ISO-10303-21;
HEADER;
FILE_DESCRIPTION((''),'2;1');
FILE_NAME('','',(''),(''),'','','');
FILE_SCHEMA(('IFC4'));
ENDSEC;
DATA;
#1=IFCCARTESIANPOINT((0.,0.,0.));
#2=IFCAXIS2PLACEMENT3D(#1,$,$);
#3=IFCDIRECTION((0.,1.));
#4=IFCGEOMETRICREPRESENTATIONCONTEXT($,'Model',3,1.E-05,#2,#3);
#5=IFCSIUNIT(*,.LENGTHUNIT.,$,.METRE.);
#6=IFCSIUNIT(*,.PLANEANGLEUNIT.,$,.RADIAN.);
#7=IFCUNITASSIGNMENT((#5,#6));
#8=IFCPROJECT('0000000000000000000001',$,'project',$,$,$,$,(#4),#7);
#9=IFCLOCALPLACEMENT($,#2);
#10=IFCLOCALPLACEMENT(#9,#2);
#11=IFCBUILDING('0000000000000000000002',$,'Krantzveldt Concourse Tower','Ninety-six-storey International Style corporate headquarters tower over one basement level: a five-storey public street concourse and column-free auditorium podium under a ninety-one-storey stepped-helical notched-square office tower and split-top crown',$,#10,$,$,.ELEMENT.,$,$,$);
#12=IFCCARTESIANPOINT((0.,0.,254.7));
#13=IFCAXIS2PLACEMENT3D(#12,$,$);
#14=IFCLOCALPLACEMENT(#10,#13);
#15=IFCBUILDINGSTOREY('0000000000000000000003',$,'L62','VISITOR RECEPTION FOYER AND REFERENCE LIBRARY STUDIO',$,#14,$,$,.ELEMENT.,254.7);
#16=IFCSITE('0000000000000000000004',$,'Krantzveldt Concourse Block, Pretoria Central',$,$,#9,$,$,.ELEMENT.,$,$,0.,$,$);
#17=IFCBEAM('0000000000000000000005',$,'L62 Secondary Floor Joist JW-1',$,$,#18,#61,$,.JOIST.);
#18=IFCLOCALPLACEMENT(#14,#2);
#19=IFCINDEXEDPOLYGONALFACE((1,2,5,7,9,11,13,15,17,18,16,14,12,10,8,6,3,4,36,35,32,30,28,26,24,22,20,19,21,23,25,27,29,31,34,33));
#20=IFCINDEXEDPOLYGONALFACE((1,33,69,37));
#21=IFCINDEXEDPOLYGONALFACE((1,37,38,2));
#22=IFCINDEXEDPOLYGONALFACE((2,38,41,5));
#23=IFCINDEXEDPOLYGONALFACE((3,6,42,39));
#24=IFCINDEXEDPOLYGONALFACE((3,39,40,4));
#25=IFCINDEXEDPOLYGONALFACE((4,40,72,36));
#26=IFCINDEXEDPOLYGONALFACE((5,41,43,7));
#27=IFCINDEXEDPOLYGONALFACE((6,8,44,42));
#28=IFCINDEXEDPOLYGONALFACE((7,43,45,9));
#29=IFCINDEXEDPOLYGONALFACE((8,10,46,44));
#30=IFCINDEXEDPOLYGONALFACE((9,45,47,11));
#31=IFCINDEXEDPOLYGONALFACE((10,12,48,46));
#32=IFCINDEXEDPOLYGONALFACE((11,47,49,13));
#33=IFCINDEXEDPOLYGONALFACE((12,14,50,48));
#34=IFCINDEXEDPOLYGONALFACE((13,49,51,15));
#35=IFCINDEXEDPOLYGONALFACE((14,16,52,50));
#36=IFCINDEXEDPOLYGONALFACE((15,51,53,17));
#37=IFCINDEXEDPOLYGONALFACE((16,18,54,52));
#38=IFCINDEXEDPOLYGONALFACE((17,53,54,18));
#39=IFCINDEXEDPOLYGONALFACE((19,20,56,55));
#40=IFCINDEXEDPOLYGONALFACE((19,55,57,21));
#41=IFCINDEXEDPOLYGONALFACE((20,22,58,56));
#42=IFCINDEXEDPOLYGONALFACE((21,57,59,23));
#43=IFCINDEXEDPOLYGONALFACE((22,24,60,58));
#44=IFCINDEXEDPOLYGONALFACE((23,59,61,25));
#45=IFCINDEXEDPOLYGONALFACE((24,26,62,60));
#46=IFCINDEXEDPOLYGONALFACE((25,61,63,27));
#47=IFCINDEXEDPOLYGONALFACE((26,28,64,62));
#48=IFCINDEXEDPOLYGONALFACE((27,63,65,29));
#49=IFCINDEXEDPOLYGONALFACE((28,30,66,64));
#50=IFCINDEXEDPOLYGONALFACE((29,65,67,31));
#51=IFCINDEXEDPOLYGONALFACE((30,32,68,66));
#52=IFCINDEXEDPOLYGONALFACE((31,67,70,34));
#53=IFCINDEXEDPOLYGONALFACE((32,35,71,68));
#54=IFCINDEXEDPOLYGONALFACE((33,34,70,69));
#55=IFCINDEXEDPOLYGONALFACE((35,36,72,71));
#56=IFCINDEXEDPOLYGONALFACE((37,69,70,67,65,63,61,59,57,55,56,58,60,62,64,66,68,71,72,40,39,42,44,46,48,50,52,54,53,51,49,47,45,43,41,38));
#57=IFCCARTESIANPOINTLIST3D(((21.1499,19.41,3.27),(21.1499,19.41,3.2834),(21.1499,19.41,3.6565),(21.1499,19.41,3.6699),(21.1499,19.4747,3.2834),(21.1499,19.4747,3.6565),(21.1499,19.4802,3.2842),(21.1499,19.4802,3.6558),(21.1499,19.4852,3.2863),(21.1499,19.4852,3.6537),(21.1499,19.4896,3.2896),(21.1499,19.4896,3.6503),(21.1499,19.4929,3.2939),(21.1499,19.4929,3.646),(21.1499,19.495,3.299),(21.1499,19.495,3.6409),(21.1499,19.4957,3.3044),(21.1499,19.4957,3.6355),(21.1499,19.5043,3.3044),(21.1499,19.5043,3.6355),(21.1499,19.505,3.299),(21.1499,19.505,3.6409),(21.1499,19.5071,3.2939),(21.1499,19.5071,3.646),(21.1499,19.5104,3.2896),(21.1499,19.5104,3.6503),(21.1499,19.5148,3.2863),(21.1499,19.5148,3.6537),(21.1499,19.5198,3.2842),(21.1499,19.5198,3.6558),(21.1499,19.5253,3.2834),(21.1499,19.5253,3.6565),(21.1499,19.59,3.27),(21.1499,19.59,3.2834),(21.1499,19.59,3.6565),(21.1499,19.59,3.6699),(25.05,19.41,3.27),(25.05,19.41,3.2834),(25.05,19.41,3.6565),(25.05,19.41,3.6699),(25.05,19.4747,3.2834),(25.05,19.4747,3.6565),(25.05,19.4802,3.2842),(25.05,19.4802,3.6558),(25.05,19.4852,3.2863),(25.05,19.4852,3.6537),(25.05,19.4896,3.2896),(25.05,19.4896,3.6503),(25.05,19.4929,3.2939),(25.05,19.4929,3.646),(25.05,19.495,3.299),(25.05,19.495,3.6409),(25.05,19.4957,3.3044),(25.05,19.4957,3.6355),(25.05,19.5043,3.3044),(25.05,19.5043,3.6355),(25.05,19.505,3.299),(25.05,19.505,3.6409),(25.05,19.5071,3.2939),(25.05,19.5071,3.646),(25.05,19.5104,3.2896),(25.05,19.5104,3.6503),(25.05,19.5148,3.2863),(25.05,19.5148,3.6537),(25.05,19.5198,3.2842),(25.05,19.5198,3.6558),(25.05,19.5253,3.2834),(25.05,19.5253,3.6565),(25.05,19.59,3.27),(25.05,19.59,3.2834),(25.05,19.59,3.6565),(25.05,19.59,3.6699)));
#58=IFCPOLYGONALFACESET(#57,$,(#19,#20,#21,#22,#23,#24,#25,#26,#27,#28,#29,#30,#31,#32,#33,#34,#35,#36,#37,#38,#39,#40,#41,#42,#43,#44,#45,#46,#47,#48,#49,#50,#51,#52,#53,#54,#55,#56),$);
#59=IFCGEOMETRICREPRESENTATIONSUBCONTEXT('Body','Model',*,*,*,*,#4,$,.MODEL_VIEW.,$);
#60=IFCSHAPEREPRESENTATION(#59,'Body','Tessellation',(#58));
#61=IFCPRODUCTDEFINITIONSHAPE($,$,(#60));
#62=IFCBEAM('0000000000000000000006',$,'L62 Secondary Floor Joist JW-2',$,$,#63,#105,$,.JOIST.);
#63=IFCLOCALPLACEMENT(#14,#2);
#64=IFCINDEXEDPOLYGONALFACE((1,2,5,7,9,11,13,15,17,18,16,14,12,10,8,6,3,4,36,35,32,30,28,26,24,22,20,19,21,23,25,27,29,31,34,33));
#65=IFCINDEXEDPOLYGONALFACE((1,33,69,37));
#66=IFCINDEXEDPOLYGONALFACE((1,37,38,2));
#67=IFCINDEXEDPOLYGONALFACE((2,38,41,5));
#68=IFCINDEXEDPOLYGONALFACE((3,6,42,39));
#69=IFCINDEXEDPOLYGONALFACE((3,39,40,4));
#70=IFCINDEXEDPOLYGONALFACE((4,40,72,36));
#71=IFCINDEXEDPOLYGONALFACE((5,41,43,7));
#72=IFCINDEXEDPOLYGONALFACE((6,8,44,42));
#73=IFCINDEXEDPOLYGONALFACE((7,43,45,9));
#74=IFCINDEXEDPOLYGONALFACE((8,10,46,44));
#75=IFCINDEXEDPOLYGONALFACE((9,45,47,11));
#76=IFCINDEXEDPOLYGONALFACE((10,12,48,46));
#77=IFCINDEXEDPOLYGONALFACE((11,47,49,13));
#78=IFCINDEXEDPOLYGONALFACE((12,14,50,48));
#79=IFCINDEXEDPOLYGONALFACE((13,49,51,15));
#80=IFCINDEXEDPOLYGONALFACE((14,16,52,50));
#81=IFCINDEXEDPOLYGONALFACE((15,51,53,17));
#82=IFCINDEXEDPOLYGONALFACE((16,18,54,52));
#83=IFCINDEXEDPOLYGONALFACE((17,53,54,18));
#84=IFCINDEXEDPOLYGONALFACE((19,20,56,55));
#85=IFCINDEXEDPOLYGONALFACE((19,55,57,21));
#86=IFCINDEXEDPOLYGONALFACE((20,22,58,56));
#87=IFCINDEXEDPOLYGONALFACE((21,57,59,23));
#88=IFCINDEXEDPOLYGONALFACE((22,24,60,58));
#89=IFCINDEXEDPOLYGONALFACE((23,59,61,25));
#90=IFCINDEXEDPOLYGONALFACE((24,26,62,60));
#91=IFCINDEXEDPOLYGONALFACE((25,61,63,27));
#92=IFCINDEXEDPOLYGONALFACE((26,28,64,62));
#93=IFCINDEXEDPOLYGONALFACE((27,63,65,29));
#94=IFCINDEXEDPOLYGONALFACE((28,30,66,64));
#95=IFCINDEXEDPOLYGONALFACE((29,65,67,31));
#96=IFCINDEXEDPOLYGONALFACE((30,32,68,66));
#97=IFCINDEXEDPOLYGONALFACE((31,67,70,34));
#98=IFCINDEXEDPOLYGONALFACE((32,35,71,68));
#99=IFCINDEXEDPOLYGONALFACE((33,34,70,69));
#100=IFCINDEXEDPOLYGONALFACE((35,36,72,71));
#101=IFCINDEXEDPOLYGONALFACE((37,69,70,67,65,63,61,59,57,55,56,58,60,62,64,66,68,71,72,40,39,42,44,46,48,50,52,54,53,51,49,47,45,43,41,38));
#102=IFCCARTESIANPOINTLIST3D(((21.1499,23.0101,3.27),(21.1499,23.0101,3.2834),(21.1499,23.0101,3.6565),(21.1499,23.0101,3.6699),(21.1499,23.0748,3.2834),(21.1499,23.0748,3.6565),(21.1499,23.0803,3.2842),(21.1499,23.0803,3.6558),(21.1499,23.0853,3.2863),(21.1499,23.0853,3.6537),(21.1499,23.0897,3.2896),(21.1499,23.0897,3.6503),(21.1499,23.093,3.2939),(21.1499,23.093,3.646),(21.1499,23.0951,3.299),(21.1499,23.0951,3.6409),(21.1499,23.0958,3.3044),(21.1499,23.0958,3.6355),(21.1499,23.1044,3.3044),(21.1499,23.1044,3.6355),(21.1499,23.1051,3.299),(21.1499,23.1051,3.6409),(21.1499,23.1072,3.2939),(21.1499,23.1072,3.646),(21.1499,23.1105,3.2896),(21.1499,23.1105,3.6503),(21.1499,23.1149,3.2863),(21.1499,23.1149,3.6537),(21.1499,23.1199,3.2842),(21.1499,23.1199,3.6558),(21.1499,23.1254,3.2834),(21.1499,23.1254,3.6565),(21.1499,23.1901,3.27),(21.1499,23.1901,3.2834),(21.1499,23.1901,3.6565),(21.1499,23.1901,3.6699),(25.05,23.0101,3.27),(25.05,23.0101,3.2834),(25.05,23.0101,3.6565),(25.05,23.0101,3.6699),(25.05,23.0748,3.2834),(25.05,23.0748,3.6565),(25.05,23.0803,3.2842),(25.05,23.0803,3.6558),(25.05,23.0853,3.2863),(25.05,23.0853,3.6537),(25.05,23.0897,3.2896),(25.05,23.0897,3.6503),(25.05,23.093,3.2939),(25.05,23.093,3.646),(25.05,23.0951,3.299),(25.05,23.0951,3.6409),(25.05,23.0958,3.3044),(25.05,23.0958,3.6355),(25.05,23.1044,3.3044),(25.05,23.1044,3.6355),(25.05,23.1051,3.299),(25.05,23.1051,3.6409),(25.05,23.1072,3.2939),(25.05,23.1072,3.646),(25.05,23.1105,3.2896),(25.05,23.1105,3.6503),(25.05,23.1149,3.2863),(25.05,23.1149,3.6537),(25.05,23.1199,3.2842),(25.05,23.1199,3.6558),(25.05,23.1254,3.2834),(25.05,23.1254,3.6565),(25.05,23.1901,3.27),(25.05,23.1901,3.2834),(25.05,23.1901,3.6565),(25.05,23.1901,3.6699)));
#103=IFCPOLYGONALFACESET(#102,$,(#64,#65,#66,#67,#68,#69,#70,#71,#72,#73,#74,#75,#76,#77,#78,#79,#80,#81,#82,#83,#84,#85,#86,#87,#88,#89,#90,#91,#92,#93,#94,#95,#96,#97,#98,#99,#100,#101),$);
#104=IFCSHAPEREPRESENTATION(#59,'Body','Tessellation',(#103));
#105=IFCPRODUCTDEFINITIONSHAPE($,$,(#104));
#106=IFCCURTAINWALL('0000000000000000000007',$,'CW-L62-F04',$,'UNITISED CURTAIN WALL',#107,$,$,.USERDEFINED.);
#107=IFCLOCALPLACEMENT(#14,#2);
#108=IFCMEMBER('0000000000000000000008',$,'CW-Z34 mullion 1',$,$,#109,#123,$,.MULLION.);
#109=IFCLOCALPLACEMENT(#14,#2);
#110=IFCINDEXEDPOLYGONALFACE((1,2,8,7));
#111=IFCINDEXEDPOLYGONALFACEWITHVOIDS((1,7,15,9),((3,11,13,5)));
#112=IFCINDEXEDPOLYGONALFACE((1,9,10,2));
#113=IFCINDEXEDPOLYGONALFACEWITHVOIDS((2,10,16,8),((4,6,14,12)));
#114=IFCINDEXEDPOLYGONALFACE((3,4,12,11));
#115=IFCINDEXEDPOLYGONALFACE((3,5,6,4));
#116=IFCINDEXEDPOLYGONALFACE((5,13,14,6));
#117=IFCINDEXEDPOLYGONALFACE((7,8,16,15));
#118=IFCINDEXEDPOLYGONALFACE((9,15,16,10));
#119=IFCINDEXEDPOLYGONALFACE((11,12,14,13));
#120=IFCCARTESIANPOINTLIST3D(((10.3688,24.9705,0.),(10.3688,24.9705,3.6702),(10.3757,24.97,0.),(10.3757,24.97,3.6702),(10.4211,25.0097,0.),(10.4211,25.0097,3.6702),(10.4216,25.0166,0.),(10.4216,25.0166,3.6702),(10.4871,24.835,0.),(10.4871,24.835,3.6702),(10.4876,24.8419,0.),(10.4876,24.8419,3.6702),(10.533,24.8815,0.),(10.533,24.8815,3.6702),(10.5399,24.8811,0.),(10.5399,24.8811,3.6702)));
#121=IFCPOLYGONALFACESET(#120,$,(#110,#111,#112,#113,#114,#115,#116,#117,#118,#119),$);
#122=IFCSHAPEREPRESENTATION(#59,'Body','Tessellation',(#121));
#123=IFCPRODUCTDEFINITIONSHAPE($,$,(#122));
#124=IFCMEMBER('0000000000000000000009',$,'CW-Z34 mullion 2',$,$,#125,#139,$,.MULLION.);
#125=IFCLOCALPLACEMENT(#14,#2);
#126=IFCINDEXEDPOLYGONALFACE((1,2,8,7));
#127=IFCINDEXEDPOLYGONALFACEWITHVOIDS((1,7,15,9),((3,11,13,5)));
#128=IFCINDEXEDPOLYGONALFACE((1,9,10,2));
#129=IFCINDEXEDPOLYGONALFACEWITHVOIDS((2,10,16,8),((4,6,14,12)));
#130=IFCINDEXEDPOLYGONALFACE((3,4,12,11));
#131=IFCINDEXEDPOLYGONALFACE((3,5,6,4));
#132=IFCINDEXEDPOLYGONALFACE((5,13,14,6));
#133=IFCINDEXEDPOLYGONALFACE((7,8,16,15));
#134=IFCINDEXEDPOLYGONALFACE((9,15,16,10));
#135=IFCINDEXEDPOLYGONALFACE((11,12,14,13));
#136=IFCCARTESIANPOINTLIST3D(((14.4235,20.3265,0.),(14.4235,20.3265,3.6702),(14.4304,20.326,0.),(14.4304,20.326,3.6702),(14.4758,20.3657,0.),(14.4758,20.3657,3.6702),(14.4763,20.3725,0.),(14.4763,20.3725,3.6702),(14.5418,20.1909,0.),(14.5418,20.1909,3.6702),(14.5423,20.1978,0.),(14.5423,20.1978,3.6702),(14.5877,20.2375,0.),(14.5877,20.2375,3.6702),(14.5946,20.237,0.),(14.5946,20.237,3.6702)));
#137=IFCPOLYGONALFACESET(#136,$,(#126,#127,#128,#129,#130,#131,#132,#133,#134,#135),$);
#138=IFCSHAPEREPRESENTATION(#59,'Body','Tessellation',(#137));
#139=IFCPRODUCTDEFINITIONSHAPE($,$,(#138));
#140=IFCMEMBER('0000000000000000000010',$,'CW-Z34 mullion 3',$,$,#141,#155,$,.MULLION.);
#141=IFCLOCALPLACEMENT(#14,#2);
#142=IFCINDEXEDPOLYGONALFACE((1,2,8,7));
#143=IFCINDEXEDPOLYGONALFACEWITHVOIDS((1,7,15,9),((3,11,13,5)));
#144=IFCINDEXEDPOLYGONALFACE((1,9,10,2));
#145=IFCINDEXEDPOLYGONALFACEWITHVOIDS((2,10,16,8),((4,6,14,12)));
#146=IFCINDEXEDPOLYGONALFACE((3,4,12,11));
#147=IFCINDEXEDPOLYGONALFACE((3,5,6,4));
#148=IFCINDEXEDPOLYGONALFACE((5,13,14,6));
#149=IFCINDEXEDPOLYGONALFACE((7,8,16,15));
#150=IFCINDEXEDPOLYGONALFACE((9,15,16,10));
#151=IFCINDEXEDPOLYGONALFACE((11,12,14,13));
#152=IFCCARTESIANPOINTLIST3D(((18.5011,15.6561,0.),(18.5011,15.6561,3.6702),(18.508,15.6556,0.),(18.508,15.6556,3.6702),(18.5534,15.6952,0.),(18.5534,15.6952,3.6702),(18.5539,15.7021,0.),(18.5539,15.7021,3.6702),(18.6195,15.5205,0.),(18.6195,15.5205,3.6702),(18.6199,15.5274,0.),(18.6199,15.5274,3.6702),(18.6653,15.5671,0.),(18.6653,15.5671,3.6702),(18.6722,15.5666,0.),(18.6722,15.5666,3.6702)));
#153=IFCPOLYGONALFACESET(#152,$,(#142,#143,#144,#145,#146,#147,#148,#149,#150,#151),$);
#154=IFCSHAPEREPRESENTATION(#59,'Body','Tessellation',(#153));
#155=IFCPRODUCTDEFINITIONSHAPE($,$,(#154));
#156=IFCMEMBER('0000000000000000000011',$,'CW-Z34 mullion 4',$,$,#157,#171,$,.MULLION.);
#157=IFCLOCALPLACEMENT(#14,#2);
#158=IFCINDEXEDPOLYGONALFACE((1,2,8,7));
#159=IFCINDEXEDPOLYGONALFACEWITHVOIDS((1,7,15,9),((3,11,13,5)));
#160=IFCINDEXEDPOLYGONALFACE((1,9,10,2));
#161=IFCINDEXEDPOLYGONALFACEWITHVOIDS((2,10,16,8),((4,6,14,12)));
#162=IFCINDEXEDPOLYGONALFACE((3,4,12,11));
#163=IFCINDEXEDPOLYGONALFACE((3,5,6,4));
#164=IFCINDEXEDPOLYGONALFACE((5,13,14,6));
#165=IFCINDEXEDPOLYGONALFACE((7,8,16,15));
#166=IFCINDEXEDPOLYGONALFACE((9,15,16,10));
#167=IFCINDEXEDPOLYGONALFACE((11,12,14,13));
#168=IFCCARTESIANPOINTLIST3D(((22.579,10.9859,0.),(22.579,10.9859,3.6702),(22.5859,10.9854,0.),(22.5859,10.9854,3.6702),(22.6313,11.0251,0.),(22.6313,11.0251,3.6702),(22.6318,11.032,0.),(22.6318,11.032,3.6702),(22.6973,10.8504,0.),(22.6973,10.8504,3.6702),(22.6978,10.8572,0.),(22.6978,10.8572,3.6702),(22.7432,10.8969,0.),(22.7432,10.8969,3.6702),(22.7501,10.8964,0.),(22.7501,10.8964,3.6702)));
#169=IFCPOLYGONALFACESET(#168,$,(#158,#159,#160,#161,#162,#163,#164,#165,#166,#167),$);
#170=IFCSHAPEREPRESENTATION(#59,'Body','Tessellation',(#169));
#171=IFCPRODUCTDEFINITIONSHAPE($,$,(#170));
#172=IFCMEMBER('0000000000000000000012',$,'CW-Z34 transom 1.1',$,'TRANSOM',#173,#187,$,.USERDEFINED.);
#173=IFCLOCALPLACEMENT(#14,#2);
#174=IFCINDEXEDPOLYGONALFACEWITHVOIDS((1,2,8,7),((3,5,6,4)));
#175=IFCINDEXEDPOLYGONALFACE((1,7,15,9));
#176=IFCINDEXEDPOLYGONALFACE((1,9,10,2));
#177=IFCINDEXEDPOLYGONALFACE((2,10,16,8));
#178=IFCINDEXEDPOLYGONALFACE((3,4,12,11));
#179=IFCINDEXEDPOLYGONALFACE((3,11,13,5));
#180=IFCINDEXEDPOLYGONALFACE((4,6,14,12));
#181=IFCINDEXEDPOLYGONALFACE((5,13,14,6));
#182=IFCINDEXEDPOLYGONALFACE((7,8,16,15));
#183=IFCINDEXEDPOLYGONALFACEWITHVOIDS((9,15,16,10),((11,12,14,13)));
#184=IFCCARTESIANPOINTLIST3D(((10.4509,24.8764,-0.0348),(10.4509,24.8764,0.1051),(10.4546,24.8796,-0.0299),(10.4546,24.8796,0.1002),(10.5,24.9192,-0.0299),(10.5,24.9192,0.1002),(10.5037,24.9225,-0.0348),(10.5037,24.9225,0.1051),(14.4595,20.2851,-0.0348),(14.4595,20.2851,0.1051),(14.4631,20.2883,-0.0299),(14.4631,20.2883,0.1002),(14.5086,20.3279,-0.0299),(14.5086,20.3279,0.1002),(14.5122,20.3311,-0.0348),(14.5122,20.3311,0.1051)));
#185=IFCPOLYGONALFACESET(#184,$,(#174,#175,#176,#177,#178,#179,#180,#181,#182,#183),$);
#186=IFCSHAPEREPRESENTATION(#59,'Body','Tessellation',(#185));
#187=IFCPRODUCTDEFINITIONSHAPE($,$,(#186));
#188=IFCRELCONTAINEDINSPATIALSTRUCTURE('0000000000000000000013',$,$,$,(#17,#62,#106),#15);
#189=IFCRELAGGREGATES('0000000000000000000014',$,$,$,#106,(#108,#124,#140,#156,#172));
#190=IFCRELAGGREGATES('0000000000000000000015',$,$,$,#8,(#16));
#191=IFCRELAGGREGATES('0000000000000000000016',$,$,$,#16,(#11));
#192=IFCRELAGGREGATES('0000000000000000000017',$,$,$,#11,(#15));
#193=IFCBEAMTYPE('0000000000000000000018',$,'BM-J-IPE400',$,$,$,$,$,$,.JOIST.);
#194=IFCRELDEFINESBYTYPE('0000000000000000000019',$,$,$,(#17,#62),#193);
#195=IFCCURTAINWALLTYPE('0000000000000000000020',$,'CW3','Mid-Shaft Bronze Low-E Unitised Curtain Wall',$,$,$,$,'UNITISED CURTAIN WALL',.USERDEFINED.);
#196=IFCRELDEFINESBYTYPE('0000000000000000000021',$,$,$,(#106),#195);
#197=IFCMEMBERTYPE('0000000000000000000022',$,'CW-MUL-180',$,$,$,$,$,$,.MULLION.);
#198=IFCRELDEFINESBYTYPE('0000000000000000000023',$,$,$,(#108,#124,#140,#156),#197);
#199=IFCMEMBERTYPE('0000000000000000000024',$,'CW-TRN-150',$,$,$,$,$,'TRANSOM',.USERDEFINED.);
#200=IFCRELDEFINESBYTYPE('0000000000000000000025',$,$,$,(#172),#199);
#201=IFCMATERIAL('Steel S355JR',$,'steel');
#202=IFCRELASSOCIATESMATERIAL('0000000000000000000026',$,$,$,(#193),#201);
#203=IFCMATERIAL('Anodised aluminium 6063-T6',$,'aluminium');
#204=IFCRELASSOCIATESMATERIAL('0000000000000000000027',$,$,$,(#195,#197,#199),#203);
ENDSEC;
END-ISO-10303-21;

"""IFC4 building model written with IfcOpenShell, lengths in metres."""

from ifc_helpers import new_model, si_unit, direction, frame, origin, origin_2d, place, context, subcontext, project, spatial, hollow_rectangle, i_section, extrude, source, transform, mapped, material, material_profile, profile_set, type_object, type_shapes, element, aggregate, save


model = new_model("IFC4")

# Units and contexts
model_context = context("Model", 3, precision=1e-05, world=origin(), true_north=direction((0.0, 1.0)))
body_context = subcontext(model_context, "Body", "Model", "MODEL_VIEW")
ifc_project = project(units=[si_unit("LENGTHUNIT", "METRE"), si_unit("PLANEANGLEUNIT", "RADIAN")], contexts=[model_context])

# Site, building, storey
site_placement = place(None, origin())
site = spatial("IfcSite", under=ifc_project, at=site_placement, Name="Krantzveldt Concourse Block, Pretoria Central", CompositionType="ELEMENT", RefElevation=0.0)
building_placement = place(site_placement, origin())
building = spatial("IfcBuilding", under=site, at=building_placement, Name="Krantzveldt Concourse Tower", Description="Ninety-six-storey International Style corporate headquarters tower over one basement level: a five-storey public street concourse and column-free auditorium podium under a ninety-one-storey stepped-helical notched-square office tower and split-top crown", CompositionType="ELEMENT")
storey_placement = place(building_placement, frame((0.0, 0.0, 254.7)))
storey = spatial("IfcBuildingStorey", under=building, at=storey_placement, Name="L62", Description="VISITOR RECEPTION FOYER AND REFERENCE LIBRARY STUDIO", CompositionType="ELEMENT", Elevation=254.7)

# Beams
ifc_material_1 = material(Name="Steel S355JR", Category="steel")
ifc_material_profile_1 = material_profile(ifc_material_1, i_section(OverallWidth=0.1799, OverallDepth=0.3999, WebThickness=0.0085, FlangeThickness=0.0134, FilletRadius=0.021, at=origin_2d()), Name="Steel S355JR", Category="steel")
ifc_profile_set_1 = profile_set([ifc_material_profile_1], Name="Steel S355JR - IPE 400")
beam_type_1 = type_object("IfcBeamType", Name="BM-J-IPE400", PredefinedType="JOIST", material=ifc_profile_set_1)
shared_shape_1 = source(origin(), body_context, "Body", "SweptSolid", [
    extrude(i_section(OverallWidth=0.1799, OverallDepth=0.3999, WebThickness=0.0085, FlangeThickness=0.0134, FilletRadius=0.021, at=origin_2d()), origin(), (0.0, 0.0, 1.0), 3.9001),
])
type_shapes(beam_type_1, [shared_shape_1])
for number, where, z_axis, x_axis, name in (
    (1, (21.1499, 19.5, 3.47), (1.0, 0.0, 0.0), (0.0, 1.0, 0.0), "L62 Secondary Floor Joist JW-1"),
    (2, (21.1499, 23.1001, 3.47), (1.0, 0.0, 0.0), (0.0, 1.0, 0.0), "L62 Secondary Floor Joist JW-2"),
):
    element("IfcBeam", number, at=place(storey_placement, frame(where, z_axis=z_axis, x_axis=x_axis)), inside=storey, type_object=beam_type_1, Name=name, PredefinedType="JOIST", context=body_context, shape_type="MappedRepresentation", body=[
        mapped(shared_shape_1, transform((0.0, 0.0, 0.0), x_axis=(1.0, 0.0, 0.0), y_axis=(0.0, 1.0, 0.0), z_axis=(0.0, 0.0, 1.0), scale=1.0)),
    ])

# Curtain wall, members
ifc_material_2 = material(Name="Anodised aluminium 6063-T6", Category="aluminium")
curtain_wall_type = type_object("IfcCurtainWallType", Name="CW3", Description="Mid-Shaft Bronze Low-E Unitised Curtain Wall", ElementType="UNITISED CURTAIN WALL", PredefinedType="USERDEFINED", material=ifc_material_2)
curtain_wall_placement = place(storey_placement, origin())
curtain_wall = element("IfcCurtainWall", 3, at=curtain_wall_placement, inside=storey, type_object=curtain_wall_type, Name="CW-L62-F04", ObjectType="UNITISED CURTAIN WALL", PredefinedType="USERDEFINED")
ifc_material_profile_2 = material_profile(ifc_material_2, hollow_rectangle(XDim=0.0701, YDim=0.1799, WallThickness=0.0049, at=origin_2d()), Name="Anodised aluminium 6063-T6", Category="aluminium")
ifc_profile_set_2 = profile_set([ifc_material_profile_2], Name="Anodised aluminium 6063-T6 - ALU-MULL 180x70x5")
member_type_1 = type_object("IfcMemberType", Name="CW-MUL-180", PredefinedType="MULLION", material=ifc_profile_set_2)
shared_shape_2 = source(origin(), body_context, "Body", "SweptSolid", [
    extrude(hollow_rectangle(XDim=0.0701, YDim=0.1799, WallThickness=0.0049, at=origin_2d()), origin(), (0.0, 0.0, 1.0), 3.6702),
])
type_shapes(member_type_1, [shared_shape_2])
member_1_placement = place(storey_placement, frame((10.4543, 24.9258, 0.0), z_axis=(0.0, 0.0, 1.0), x_axis=(0.753277, 0.657704, 0.0)))
member_1 = element("IfcMember", 4, at=member_1_placement, type_object=member_type_1, Name="CW-Z34 mullion 1", PredefinedType="MULLION", context=body_context, shape_type="MappedRepresentation", body=[
    mapped(shared_shape_2, transform((0.0, 0.0, 0.0), x_axis=(1.0, 0.0, 0.0), y_axis=(0.0, 1.0, 0.0), z_axis=(0.0, 0.0, 1.0), scale=1.0)),
])
member_2_placement = place(storey_placement, frame((14.509, 20.2817, 0.0), z_axis=(0.0, 0.0, 1.0), x_axis=(0.753277, 0.657704, 0.0)))
member_2 = element("IfcMember", 5, at=member_2_placement, type_object=member_type_1, Name="CW-Z34 mullion 2", PredefinedType="MULLION", context=body_context, shape_type="MappedRepresentation", body=[
    mapped(shared_shape_2, transform((0.0, 0.0, 0.0), x_axis=(1.0, 0.0, 0.0), y_axis=(0.0, 1.0, 0.0), z_axis=(0.0, 0.0, 1.0), scale=1.0)),
])
member_3_placement = place(storey_placement, frame((18.5867, 15.6113, 0.0), z_axis=(0.0, 0.0, 1.0), x_axis=(0.753277, 0.657704, 0.0)))
member_3 = element("IfcMember", 6, at=member_3_placement, type_object=member_type_1, Name="CW-Z34 mullion 3", PredefinedType="MULLION", context=body_context, shape_type="MappedRepresentation", body=[
    mapped(shared_shape_2, transform((0.0, 0.0, 0.0), x_axis=(1.0, 0.0, 0.0), y_axis=(0.0, 1.0, 0.0), z_axis=(0.0, 0.0, 1.0), scale=1.0)),
])
member_4_placement = place(storey_placement, frame((22.6646, 10.9412, 0.0), z_axis=(0.0, 0.0, 1.0), x_axis=(0.753277, 0.657704, 0.0)))
member_4 = element("IfcMember", 7, at=member_4_placement, type_object=member_type_1, Name="CW-Z34 mullion 4", PredefinedType="MULLION", context=body_context, shape_type="MappedRepresentation", body=[
    mapped(shared_shape_2, transform((0.0, 0.0, 0.0), x_axis=(1.0, 0.0, 0.0), y_axis=(0.0, 1.0, 0.0), z_axis=(0.0, 0.0, 1.0), scale=1.0)),
])
ifc_material_profile_3 = material_profile(ifc_material_2, hollow_rectangle(XDim=0.0701, YDim=0.1399, WallThickness=0.0049, at=origin_2d()), Name="Anodised aluminium 6063-T6", Category="aluminium")
ifc_profile_set_3 = profile_set([ifc_material_profile_3], Name="Anodised aluminium 6063-T6 - ALU-TRAN 140x70x5")
member_type_2 = type_object("IfcMemberType", Name="CW-TRN-150", ElementType="TRANSOM", PredefinedType="USERDEFINED", material=ifc_profile_set_3)
shared_shape_3 = source(origin(), body_context, "Body", "SweptSolid", [
    extrude(hollow_rectangle(XDim=0.0701, YDim=0.1399, WallThickness=0.0049, at=origin_2d()), origin(), (0.0, 0.0, 1.0), 6.095),
])
member_5_placement = place(storey_placement, frame((10.4773, 24.8994, 0.0352), z_axis=(0.657682, -0.753296, 0.0), x_axis=(0.753296, 0.657682, 0.0)))
member_5 = element("IfcMember", 8, at=member_5_placement, type_object=member_type_2, Name="CW-Z34 transom 1.1", ObjectType="TRANSOM", PredefinedType="USERDEFINED", context=body_context, shape_type="MappedRepresentation", body=[
    mapped(shared_shape_3, transform((0.0, 0.0, 0.0), x_axis=(1.0, 0.0, 0.0), y_axis=(0.0, 1.0, 0.0), z_axis=(0.0, 0.0, 1.0), scale=1.0)),
])

aggregate(curtain_wall, [member_1, member_2, member_3, member_4, member_5])

save(model, "model.ifc")
